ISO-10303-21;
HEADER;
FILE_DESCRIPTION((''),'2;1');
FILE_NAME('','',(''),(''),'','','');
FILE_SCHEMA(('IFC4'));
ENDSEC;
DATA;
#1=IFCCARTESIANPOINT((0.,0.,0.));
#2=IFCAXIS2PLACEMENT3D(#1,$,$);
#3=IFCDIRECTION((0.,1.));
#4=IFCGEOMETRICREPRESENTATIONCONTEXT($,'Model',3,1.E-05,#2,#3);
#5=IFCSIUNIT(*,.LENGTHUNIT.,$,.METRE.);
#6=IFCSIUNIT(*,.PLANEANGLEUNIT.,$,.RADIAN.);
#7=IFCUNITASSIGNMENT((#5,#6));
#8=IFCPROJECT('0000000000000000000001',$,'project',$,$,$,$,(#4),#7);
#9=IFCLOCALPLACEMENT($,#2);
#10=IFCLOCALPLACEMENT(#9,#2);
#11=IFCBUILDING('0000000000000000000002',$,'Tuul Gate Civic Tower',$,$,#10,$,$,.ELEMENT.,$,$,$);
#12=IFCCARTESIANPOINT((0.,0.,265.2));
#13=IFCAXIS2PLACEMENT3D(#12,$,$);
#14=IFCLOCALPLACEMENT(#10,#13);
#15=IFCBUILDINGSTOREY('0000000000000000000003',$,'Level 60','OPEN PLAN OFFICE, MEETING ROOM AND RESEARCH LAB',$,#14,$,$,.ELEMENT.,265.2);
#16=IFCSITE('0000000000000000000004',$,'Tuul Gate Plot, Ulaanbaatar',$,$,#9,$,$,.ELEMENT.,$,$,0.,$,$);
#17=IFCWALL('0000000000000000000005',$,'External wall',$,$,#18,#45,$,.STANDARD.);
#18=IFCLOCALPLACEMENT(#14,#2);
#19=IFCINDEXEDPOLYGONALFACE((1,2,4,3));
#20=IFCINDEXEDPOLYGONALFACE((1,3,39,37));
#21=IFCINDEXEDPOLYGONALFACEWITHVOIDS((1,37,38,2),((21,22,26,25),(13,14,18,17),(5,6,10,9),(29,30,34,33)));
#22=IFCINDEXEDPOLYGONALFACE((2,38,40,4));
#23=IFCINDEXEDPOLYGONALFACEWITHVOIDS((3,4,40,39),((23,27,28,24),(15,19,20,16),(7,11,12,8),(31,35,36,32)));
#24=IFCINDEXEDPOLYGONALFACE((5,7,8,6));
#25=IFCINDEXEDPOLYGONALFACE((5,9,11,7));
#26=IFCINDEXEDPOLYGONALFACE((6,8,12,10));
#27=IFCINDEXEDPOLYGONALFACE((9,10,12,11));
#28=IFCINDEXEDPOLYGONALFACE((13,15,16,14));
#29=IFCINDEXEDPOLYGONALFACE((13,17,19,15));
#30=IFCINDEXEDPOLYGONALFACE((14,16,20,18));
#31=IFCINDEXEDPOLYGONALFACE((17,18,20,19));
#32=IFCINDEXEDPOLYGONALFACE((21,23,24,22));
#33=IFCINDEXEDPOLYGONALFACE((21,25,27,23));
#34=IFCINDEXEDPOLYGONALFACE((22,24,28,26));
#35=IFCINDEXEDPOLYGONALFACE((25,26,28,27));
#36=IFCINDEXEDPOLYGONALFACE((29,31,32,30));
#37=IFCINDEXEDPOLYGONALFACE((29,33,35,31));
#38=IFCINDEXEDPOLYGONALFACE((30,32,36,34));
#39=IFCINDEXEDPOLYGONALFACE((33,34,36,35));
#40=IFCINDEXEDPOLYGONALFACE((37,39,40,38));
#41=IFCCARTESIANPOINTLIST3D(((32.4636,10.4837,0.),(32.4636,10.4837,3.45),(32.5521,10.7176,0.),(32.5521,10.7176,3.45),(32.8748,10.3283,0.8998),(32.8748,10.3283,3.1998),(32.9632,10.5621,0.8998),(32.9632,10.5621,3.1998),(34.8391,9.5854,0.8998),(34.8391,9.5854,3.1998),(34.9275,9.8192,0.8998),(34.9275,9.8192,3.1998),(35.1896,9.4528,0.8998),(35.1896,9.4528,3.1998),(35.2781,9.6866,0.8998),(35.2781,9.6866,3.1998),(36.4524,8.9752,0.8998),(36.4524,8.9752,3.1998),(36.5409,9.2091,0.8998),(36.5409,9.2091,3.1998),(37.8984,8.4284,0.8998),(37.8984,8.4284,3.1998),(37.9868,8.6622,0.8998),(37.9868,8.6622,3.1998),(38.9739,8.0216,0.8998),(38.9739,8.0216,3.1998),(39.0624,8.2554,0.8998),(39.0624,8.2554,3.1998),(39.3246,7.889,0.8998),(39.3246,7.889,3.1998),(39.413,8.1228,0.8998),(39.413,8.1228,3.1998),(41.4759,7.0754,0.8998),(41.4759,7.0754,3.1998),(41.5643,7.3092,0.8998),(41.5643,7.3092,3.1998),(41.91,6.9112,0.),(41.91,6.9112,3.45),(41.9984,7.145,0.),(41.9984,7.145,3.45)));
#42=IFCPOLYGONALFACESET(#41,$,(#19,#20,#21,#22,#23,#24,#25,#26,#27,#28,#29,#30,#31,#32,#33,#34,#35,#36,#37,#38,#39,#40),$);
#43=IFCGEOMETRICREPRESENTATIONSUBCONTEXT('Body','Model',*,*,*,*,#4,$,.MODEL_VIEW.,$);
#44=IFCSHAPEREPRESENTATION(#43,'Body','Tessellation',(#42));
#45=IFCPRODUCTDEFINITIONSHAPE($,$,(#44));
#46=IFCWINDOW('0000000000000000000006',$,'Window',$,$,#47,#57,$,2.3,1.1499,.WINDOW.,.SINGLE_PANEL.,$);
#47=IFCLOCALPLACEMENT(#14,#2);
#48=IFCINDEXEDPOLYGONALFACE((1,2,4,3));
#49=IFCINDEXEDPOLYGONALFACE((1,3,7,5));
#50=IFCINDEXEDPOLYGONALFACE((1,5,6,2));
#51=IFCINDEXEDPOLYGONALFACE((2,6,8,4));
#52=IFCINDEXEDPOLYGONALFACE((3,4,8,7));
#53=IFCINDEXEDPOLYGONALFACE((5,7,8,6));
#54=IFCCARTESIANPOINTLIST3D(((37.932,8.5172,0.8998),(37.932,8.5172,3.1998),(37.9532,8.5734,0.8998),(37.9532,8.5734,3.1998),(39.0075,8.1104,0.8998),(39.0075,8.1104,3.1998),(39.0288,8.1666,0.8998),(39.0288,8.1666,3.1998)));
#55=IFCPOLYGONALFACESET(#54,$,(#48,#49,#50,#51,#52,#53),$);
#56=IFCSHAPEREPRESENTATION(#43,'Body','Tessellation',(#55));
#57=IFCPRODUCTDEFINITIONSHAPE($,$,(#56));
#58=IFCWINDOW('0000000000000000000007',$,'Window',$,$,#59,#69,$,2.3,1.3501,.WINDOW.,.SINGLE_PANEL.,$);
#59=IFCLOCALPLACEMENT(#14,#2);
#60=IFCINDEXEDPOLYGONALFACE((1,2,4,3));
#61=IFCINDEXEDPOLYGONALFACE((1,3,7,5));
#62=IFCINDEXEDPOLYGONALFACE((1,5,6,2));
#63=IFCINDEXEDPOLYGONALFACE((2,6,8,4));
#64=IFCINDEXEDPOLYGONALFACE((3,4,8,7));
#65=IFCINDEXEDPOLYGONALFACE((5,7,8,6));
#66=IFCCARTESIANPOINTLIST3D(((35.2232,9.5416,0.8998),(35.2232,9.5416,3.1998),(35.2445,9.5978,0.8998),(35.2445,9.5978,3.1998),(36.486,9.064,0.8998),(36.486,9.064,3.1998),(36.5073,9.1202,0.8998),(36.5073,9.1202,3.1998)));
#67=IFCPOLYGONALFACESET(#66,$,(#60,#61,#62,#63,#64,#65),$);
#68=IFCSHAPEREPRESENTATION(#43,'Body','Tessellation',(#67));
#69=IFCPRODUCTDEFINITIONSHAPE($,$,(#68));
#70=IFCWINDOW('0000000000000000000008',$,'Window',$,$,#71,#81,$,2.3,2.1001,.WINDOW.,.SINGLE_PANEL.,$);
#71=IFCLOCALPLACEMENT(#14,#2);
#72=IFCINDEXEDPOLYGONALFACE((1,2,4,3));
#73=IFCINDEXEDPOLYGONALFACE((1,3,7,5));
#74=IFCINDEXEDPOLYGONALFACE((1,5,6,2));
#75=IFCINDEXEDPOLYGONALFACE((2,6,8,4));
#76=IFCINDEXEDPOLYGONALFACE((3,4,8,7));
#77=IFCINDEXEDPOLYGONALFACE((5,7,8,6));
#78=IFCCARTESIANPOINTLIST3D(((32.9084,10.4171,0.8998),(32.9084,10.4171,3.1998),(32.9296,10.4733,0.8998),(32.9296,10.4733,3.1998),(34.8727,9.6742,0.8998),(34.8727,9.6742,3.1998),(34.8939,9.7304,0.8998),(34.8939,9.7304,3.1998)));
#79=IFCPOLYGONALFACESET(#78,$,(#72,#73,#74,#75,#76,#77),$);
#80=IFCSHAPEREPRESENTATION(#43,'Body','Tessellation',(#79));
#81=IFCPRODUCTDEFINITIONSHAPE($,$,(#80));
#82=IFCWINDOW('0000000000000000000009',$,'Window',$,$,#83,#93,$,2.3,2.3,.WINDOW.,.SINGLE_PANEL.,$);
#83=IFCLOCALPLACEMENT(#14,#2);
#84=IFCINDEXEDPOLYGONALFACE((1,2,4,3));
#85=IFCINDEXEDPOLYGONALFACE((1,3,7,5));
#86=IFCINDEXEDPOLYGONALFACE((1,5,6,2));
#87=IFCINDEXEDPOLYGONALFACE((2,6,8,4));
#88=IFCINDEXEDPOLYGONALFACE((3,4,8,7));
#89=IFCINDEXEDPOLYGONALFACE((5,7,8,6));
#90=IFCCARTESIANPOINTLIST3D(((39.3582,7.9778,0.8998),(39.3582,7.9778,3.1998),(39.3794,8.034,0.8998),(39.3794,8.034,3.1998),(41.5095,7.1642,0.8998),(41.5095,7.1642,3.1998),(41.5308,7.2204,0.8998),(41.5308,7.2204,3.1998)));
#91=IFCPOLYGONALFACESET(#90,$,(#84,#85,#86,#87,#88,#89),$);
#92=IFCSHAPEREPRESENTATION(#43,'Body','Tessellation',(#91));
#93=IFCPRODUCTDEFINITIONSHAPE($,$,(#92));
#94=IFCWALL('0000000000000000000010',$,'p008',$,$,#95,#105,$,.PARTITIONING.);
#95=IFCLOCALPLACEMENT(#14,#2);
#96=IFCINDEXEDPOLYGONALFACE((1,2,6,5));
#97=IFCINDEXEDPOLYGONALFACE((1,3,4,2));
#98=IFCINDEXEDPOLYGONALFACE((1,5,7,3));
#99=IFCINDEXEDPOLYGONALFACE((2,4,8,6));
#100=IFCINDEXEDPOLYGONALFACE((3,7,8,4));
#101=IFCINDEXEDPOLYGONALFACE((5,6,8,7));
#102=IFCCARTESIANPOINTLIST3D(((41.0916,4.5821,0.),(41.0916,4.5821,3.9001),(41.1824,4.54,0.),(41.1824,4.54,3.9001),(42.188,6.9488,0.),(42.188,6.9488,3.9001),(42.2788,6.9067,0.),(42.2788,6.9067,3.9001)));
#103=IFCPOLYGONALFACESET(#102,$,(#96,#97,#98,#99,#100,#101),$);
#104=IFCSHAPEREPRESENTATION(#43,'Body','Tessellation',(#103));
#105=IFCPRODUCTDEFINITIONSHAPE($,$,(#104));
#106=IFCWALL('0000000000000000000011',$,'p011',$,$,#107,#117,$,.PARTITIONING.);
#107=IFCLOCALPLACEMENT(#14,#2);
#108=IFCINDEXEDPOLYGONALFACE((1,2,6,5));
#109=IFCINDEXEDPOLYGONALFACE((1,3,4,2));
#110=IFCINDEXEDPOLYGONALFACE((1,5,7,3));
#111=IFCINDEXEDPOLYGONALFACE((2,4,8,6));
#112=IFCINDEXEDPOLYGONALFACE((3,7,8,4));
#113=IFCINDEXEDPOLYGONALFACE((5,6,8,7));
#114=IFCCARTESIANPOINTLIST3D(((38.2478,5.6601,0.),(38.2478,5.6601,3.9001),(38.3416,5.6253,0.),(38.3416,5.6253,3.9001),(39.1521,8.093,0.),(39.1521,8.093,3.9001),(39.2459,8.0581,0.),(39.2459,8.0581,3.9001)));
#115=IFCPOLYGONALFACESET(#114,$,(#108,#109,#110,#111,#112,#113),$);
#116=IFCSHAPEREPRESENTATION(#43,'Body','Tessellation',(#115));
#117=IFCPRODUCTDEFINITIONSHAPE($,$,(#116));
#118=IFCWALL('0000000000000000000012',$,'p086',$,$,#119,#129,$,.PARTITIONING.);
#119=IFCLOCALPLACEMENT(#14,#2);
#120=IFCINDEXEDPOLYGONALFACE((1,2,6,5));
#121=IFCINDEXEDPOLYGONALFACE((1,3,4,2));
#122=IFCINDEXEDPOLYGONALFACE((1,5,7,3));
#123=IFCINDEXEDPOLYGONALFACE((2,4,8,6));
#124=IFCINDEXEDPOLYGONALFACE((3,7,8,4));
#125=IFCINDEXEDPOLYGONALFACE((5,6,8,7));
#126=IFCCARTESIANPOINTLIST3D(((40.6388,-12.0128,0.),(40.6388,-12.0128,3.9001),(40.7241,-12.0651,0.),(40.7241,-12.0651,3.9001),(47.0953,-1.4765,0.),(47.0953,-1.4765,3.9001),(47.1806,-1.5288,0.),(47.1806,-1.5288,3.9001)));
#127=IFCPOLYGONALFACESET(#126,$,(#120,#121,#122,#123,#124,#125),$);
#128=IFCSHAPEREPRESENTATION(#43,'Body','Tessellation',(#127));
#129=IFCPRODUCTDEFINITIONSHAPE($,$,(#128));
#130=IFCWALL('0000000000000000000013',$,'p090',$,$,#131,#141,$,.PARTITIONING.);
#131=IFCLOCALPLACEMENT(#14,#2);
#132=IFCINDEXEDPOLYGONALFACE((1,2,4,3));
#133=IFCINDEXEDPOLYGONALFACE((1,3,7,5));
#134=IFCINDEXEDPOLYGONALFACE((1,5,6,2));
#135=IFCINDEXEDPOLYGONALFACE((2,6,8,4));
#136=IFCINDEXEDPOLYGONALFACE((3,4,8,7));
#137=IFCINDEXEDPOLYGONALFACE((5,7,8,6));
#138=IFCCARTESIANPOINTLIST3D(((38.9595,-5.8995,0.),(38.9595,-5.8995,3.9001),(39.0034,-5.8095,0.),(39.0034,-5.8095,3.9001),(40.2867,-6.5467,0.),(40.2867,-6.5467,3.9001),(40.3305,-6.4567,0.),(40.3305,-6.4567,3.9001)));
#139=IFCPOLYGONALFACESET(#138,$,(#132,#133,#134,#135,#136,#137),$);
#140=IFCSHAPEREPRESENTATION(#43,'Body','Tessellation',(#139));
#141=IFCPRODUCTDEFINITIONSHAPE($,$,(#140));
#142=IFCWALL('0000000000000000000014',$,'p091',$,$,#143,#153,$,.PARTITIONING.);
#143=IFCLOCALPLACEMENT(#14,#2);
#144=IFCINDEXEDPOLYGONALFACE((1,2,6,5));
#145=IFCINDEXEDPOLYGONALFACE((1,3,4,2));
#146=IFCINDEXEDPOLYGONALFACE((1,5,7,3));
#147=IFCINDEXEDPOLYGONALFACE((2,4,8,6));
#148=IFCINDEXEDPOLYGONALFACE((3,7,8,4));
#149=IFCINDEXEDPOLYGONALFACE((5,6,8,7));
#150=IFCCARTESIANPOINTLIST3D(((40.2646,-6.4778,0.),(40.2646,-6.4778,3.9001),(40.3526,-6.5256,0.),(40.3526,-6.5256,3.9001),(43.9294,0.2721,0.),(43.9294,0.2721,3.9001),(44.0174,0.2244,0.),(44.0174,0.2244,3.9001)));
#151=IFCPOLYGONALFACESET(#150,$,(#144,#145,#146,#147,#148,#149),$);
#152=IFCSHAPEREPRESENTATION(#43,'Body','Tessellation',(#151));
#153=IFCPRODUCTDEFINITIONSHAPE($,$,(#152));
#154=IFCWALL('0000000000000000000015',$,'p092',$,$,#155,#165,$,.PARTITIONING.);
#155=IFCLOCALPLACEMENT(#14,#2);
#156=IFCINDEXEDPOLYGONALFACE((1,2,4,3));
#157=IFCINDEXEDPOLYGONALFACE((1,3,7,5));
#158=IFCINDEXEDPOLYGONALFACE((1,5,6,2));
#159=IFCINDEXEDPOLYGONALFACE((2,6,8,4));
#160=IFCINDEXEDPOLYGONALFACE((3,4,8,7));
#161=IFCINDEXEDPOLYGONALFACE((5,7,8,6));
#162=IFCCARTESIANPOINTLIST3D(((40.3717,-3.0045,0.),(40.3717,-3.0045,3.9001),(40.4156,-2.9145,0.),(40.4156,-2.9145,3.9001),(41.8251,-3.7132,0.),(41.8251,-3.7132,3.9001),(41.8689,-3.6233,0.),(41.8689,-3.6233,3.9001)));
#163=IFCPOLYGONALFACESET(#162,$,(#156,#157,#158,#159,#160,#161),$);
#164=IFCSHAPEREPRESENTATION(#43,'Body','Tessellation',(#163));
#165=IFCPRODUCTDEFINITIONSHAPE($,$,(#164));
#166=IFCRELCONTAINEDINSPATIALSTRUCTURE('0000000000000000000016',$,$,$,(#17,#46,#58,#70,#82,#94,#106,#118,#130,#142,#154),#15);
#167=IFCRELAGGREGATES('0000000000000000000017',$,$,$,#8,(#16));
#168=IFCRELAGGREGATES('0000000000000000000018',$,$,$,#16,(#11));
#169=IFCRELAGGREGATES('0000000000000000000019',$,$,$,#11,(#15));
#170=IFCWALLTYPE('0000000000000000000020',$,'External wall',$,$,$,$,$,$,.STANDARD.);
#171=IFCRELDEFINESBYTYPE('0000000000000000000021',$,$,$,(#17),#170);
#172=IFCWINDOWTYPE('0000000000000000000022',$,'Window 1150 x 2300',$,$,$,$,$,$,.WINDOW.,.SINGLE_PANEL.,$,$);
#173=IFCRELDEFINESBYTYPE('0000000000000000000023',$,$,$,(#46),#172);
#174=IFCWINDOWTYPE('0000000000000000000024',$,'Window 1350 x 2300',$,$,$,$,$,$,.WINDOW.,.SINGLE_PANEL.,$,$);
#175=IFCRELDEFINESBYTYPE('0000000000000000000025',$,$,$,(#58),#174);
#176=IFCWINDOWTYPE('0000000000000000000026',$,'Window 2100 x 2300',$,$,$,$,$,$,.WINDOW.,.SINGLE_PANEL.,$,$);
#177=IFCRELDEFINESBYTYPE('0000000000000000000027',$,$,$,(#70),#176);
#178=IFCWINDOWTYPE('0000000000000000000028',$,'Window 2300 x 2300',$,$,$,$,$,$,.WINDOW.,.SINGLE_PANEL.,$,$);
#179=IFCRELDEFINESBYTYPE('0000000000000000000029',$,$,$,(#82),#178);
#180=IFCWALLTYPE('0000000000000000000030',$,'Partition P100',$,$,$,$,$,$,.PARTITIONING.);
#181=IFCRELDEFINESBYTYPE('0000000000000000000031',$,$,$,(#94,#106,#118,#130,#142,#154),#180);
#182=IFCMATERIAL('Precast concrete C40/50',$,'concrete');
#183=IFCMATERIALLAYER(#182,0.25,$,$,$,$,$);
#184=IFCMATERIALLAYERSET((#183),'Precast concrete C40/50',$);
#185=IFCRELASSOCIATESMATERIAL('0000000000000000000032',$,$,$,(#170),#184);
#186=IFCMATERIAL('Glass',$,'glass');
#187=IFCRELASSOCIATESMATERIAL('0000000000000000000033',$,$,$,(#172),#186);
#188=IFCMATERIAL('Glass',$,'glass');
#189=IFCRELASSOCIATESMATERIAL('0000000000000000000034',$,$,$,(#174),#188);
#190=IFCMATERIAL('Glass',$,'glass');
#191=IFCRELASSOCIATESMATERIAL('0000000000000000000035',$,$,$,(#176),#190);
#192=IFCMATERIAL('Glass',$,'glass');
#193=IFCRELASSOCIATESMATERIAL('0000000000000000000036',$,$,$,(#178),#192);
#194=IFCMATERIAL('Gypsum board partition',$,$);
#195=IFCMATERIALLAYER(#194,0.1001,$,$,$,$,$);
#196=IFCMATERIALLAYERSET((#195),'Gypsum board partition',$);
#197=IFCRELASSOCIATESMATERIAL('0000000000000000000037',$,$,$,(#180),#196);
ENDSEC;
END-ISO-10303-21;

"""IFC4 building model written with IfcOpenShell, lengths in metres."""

from ifc_helpers import new_model, si_unit, direction, frame, frame_2d, origin, place, context, subcontext, project, spatial, rectangle, extrude, material, layer, layer_set, type_object, element, fill, save


model = new_model("IFC4")

# Units and contexts
model_context = context("Model", 3, precision=1e-05, world=origin(), true_north=direction((0.0, 1.0)))
body_context = subcontext(model_context, "Body", "Model", "MODEL_VIEW")
ifc_project = project(units=[si_unit("LENGTHUNIT", "METRE"), si_unit("PLANEANGLEUNIT", "RADIAN")], contexts=[model_context])

# Site, building, storey
site_placement = place(None, origin())
site = spatial("IfcSite", under=ifc_project, at=site_placement, Name="Tuul Gate Plot, Ulaanbaatar", CompositionType="ELEMENT", RefElevation=0.0)
building_placement = place(site_placement, origin())
building = spatial("IfcBuilding", under=site, at=building_placement, Name="Tuul Gate Civic Tower", CompositionType="ELEMENT")
storey_placement = place(building_placement, frame((0.0, 0.0, 265.2)))
storey = spatial("IfcBuildingStorey", under=building, at=storey_placement, Name="Level 60", Description="OPEN PLAN OFFICE, MEETING ROOM AND RESEARCH LAB", CompositionType="ELEMENT", Elevation=265.2)

# Wall, openings, windows
ifc_material_1 = material(Name="Precast concrete C40/50", Category="concrete")
ifc_layer_1 = layer(ifc_material_1, 0.25)
ifc_layer_set_1 = layer_set([ifc_layer_1], Name="Precast concrete C40/50")
wall_type_1 = type_object("IfcWallType", Name="External wall", PredefinedType="STANDARD", material=ifc_layer_set_1)
wall_1_placement = place(storey_placement, frame((41.9543, 7.0281, 0.0), z_axis=(0.0, 0.0, 1.0), x_axis=(-0.935344, 0.353739, 0.0)))
wall_1 = element("IfcWall", 1, at=wall_1_placement, inside=storey, type_object=wall_type_1, Name="External wall", PredefinedType="STANDARD", context=body_context, shape_type="SweptSolid", body=[
    extrude(rectangle(XDim=10.0994, YDim=0.25, at=frame_2d((5.0498, 0.0))), origin(), (0.0, 0.0, 1.0), 3.45),
])
opening_1_placement = place(wall_1_placement, frame((5.835, 0.0, 0.8999)))
opening_1 = element("IfcOpeningElement", 2, at=opening_1_placement, cuts=wall_1, PredefinedType="OPENING", context=body_context, shape_type="SweptSolid", body=[
    extrude(rectangle(XDim=1.3501, YDim=2.3, at=frame_2d((0.675, 1.1499))), frame((0.0, 0.135, 0.0), z_axis=(0.0, -1.0, 0.0), x_axis=(1.0, 0.0, 0.0)), (0.0, 0.0, 1.0), 0.27),
])
opening_2_placement = place(wall_1_placement, frame((7.5598, 0.0, 0.8999)))
opening_2 = element("IfcOpeningElement", 3, at=opening_2_placement, cuts=wall_1, PredefinedType="OPENING", context=body_context, shape_type="SweptSolid", body=[
    extrude(rectangle(XDim=2.1001, YDim=2.3, at=frame_2d((1.05, 1.1499))), frame((0.0, 0.135, 0.0), z_axis=(0.0, -1.0, 0.0), x_axis=(1.0, 0.0, 0.0)), (0.0, 0.0, 1.0), 0.27),
])
opening_3_placement = place(wall_1_placement, frame((0.4644, 0.0, 0.8999)))
opening_3 = element("IfcOpeningElement", 4, at=opening_3_placement, cuts=wall_1, PredefinedType="OPENING", context=body_context, shape_type="SweptSolid", body=[
    extrude(rectangle(XDim=2.3, YDim=2.3, at=frame_2d((1.1499, 1.1499))), frame((0.0, 0.135, 0.0), z_axis=(0.0, -1.0, 0.0), x_axis=(1.0, 0.0, 0.0)), (0.0, 0.0, 1.0), 0.27),
])
opening_4_placement = place(wall_1_placement, frame((3.1392, 0.0, 0.8999)))
opening_4 = element("IfcOpeningElement", 5, at=opening_4_placement, cuts=wall_1, PredefinedType="OPENING", context=body_context, shape_type="SweptSolid", body=[
    extrude(rectangle(XDim=1.1499, YDim=2.3, at=frame_2d((0.575, 1.1499))), frame((0.0, 0.135, 0.0), z_axis=(0.0, -1.0, 0.0), x_axis=(1.0, 0.0, 0.0)), (0.0, 0.0, 1.0), 0.27),
])
ifc_material_2 = material(Name="Glass", Category="glass")
window_type_1 = type_object("IfcWindowType", Name="Window 1150 x 2300", PartitioningType="SINGLE_PANEL", PredefinedType="WINDOW", material=ifc_material_2)
window_1_placement = place(opening_4_placement, origin())
window_1 = element("IfcWindow", 6, at=window_1_placement, inside=storey, type_object=window_type_1, Name="Window", OverallHeight=2.3, OverallWidth=1.1499, PartitioningType="SINGLE_PANEL", PredefinedType="WINDOW", context=body_context, shape_type="SweptSolid", body=[
    extrude(rectangle(XDim=1.1499, YDim=2.3, at=frame_2d((0.575, 1.1499))), frame((0.0, 0.03, 0.0), z_axis=(0.0, -1.0, 0.0), x_axis=(1.0, 0.0, 0.0)), (0.0, 0.0, 1.0), 0.0601),
])
fill(opening_4, window_1)
ifc_material_3 = material(Name="Glass", Category="glass")
window_type_2 = type_object("IfcWindowType", Name="Window 1350 x 2300", PartitioningType="SINGLE_PANEL", PredefinedType="WINDOW", material=ifc_material_3)
window_2_placement = place(opening_1_placement, origin())
window_2 = element("IfcWindow", 7, at=window_2_placement, inside=storey, type_object=window_type_2, Name="Window", OverallHeight=2.3, OverallWidth=1.3501, PartitioningType="SINGLE_PANEL", PredefinedType="WINDOW", context=body_context, shape_type="SweptSolid", body=[
    extrude(rectangle(XDim=1.3501, YDim=2.3, at=frame_2d((0.675, 1.1499))), frame((0.0, 0.03, 0.0), z_axis=(0.0, -1.0, 0.0), x_axis=(1.0, 0.0, 0.0)), (0.0, 0.0, 1.0), 0.0601),
])
fill(opening_1, window_2)
ifc_material_4 = material(Name="Glass", Category="glass")
window_type_3 = type_object("IfcWindowType", Name="Window 2100 x 2300", PartitioningType="SINGLE_PANEL", PredefinedType="WINDOW", material=ifc_material_4)
window_3_placement = place(opening_2_placement, origin())
window_3 = element("IfcWindow", 8, at=window_3_placement, inside=storey, type_object=window_type_3, Name="Window", OverallHeight=2.3, OverallWidth=2.1001, PartitioningType="SINGLE_PANEL", PredefinedType="WINDOW", context=body_context, shape_type="SweptSolid", body=[
    extrude(rectangle(XDim=2.1001, YDim=2.3, at=frame_2d((1.05, 1.1499))), frame((0.0, 0.03, 0.0), z_axis=(0.0, -1.0, 0.0), x_axis=(1.0, 0.0, 0.0)), (0.0, 0.0, 1.0), 0.0601),
])
fill(opening_2, window_3)
ifc_material_5 = material(Name="Glass", Category="glass")
window_type_4 = type_object("IfcWindowType", Name="Window 2300 x 2300", PartitioningType="SINGLE_PANEL", PredefinedType="WINDOW", material=ifc_material_5)
window_4_placement = place(opening_3_placement, origin())
window_4 = element("IfcWindow", 9, at=window_4_placement, inside=storey, type_object=window_type_4, Name="Window", OverallHeight=2.3, OverallWidth=2.3, PartitioningType="SINGLE_PANEL", PredefinedType="WINDOW", context=body_context, shape_type="SweptSolid", body=[
    extrude(rectangle(XDim=2.3, YDim=2.3, at=frame_2d((1.1499, 1.1499))), frame((0.0, 0.03, 0.0), z_axis=(0.0, -1.0, 0.0), x_axis=(1.0, 0.0, 0.0)), (0.0, 0.0, 1.0), 0.0601),
])
fill(opening_3, window_4)

# Walls
ifc_material_6 = material(Name="Gypsum board partition")
ifc_layer_2 = layer(ifc_material_6, 0.1001)
ifc_layer_set_2 = layer_set([ifc_layer_2], Name="Gypsum board partition")
wall_type_2 = type_object("IfcWallType", Name="Partition P100", PredefinedType="PARTITIONING", material=ifc_layer_set_2)
wall_2_placement = place(storey_placement, frame((41.137, 4.561, 0.0), z_axis=(0.0, 0.0, 1.0), x_axis=(0.420358, 0.907359, 0.0)))
element("IfcWall", 10, at=wall_2_placement, inside=storey, type_object=wall_type_2, Name="p008", PredefinedType="PARTITIONING", context=body_context, shape_type="SweptSolid", body=[
    extrude(rectangle(XDim=2.6084, YDim=0.1001, at=frame_2d((1.3042, 0.0))), origin(), (0.0, 0.0, 1.0), 3.9001),
])
wall_3_placement = place(storey_placement, frame((38.2947, 5.6426, 0.0), z_axis=(0.0, 0.0, 1.0), x_axis=(0.348411, 0.937342, 0.0)))
element("IfcWall", 11, at=wall_3_placement, inside=storey, type_object=wall_type_2, Name="p011", PredefinedType="PARTITIONING", context=body_context, shape_type="SweptSolid", body=[
    extrude(rectangle(XDim=2.5955, YDim=0.1001, at=frame_2d((1.2979, 0.0))), origin(), (0.0, 0.0, 1.0), 3.9001),
])
wall_4_placement = place(storey_placement, frame((40.6814, -12.0391, 0.0), z_axis=(0.0, 0.0, 1.0), x_axis=(0.522489, 0.852646, 0.0)))
element("IfcWall", 12, at=wall_4_placement, inside=storey, type_object=wall_type_2, Name="p086", PredefinedType="PARTITIONING", context=body_context, shape_type="SweptSolid", body=[
    extrude(rectangle(XDim=12.3572, YDim=0.1001, at=frame_2d((6.1787, 0.0))), origin(), (0.0, 0.0, 1.0), 3.9001),
])
wall_5_placement = place(storey_placement, frame((38.9814, -5.8545, 0.0), z_axis=(0.0, 0.0, 1.0), x_axis=(0.898815, -0.438329, 0.0)))
element("IfcWall", 13, at=wall_5_placement, inside=storey, type_object=wall_type_2, Name="p090", PredefinedType="PARTITIONING", context=body_context, shape_type="SweptSolid", body=[
    extrude(rectangle(XDim=1.4766, YDim=0.1001, at=frame_2d((0.7383, 0.0))), origin(), (0.0, 0.0, 1.0), 3.9001),
])
wall_6_placement = place(storey_placement, frame((40.3086, -6.5017, 0.0), z_axis=(0.0, 0.0, 1.0), x_axis=(0.477143, 0.878826, 0.0)))
element("IfcWall", 14, at=wall_6_placement, inside=storey, type_object=wall_type_2, Name="p091", PredefinedType="PARTITIONING", context=body_context, shape_type="SweptSolid", body=[
    extrude(rectangle(XDim=7.6807, YDim=0.1001, at=frame_2d((3.8403, 0.0))), origin(), (0.0, 0.0, 1.0), 3.9001),
])
wall_7_placement = place(storey_placement, frame((40.3936, -2.9595, 0.0), z_axis=(0.0, 0.0, 1.0), x_axis=(0.898822, -0.438314, 0.0)))
element("IfcWall", 15, at=wall_7_placement, inside=storey, type_object=wall_type_2, Name="p092", PredefinedType="PARTITIONING", context=body_context, shape_type="SweptSolid", body=[
    extrude(rectangle(XDim=1.6169, YDim=0.1001, at=frame_2d((0.8086, 0.0))), origin(), (0.0, 0.0, 1.0), 3.9001),
])

save(model, "model.ifc")
